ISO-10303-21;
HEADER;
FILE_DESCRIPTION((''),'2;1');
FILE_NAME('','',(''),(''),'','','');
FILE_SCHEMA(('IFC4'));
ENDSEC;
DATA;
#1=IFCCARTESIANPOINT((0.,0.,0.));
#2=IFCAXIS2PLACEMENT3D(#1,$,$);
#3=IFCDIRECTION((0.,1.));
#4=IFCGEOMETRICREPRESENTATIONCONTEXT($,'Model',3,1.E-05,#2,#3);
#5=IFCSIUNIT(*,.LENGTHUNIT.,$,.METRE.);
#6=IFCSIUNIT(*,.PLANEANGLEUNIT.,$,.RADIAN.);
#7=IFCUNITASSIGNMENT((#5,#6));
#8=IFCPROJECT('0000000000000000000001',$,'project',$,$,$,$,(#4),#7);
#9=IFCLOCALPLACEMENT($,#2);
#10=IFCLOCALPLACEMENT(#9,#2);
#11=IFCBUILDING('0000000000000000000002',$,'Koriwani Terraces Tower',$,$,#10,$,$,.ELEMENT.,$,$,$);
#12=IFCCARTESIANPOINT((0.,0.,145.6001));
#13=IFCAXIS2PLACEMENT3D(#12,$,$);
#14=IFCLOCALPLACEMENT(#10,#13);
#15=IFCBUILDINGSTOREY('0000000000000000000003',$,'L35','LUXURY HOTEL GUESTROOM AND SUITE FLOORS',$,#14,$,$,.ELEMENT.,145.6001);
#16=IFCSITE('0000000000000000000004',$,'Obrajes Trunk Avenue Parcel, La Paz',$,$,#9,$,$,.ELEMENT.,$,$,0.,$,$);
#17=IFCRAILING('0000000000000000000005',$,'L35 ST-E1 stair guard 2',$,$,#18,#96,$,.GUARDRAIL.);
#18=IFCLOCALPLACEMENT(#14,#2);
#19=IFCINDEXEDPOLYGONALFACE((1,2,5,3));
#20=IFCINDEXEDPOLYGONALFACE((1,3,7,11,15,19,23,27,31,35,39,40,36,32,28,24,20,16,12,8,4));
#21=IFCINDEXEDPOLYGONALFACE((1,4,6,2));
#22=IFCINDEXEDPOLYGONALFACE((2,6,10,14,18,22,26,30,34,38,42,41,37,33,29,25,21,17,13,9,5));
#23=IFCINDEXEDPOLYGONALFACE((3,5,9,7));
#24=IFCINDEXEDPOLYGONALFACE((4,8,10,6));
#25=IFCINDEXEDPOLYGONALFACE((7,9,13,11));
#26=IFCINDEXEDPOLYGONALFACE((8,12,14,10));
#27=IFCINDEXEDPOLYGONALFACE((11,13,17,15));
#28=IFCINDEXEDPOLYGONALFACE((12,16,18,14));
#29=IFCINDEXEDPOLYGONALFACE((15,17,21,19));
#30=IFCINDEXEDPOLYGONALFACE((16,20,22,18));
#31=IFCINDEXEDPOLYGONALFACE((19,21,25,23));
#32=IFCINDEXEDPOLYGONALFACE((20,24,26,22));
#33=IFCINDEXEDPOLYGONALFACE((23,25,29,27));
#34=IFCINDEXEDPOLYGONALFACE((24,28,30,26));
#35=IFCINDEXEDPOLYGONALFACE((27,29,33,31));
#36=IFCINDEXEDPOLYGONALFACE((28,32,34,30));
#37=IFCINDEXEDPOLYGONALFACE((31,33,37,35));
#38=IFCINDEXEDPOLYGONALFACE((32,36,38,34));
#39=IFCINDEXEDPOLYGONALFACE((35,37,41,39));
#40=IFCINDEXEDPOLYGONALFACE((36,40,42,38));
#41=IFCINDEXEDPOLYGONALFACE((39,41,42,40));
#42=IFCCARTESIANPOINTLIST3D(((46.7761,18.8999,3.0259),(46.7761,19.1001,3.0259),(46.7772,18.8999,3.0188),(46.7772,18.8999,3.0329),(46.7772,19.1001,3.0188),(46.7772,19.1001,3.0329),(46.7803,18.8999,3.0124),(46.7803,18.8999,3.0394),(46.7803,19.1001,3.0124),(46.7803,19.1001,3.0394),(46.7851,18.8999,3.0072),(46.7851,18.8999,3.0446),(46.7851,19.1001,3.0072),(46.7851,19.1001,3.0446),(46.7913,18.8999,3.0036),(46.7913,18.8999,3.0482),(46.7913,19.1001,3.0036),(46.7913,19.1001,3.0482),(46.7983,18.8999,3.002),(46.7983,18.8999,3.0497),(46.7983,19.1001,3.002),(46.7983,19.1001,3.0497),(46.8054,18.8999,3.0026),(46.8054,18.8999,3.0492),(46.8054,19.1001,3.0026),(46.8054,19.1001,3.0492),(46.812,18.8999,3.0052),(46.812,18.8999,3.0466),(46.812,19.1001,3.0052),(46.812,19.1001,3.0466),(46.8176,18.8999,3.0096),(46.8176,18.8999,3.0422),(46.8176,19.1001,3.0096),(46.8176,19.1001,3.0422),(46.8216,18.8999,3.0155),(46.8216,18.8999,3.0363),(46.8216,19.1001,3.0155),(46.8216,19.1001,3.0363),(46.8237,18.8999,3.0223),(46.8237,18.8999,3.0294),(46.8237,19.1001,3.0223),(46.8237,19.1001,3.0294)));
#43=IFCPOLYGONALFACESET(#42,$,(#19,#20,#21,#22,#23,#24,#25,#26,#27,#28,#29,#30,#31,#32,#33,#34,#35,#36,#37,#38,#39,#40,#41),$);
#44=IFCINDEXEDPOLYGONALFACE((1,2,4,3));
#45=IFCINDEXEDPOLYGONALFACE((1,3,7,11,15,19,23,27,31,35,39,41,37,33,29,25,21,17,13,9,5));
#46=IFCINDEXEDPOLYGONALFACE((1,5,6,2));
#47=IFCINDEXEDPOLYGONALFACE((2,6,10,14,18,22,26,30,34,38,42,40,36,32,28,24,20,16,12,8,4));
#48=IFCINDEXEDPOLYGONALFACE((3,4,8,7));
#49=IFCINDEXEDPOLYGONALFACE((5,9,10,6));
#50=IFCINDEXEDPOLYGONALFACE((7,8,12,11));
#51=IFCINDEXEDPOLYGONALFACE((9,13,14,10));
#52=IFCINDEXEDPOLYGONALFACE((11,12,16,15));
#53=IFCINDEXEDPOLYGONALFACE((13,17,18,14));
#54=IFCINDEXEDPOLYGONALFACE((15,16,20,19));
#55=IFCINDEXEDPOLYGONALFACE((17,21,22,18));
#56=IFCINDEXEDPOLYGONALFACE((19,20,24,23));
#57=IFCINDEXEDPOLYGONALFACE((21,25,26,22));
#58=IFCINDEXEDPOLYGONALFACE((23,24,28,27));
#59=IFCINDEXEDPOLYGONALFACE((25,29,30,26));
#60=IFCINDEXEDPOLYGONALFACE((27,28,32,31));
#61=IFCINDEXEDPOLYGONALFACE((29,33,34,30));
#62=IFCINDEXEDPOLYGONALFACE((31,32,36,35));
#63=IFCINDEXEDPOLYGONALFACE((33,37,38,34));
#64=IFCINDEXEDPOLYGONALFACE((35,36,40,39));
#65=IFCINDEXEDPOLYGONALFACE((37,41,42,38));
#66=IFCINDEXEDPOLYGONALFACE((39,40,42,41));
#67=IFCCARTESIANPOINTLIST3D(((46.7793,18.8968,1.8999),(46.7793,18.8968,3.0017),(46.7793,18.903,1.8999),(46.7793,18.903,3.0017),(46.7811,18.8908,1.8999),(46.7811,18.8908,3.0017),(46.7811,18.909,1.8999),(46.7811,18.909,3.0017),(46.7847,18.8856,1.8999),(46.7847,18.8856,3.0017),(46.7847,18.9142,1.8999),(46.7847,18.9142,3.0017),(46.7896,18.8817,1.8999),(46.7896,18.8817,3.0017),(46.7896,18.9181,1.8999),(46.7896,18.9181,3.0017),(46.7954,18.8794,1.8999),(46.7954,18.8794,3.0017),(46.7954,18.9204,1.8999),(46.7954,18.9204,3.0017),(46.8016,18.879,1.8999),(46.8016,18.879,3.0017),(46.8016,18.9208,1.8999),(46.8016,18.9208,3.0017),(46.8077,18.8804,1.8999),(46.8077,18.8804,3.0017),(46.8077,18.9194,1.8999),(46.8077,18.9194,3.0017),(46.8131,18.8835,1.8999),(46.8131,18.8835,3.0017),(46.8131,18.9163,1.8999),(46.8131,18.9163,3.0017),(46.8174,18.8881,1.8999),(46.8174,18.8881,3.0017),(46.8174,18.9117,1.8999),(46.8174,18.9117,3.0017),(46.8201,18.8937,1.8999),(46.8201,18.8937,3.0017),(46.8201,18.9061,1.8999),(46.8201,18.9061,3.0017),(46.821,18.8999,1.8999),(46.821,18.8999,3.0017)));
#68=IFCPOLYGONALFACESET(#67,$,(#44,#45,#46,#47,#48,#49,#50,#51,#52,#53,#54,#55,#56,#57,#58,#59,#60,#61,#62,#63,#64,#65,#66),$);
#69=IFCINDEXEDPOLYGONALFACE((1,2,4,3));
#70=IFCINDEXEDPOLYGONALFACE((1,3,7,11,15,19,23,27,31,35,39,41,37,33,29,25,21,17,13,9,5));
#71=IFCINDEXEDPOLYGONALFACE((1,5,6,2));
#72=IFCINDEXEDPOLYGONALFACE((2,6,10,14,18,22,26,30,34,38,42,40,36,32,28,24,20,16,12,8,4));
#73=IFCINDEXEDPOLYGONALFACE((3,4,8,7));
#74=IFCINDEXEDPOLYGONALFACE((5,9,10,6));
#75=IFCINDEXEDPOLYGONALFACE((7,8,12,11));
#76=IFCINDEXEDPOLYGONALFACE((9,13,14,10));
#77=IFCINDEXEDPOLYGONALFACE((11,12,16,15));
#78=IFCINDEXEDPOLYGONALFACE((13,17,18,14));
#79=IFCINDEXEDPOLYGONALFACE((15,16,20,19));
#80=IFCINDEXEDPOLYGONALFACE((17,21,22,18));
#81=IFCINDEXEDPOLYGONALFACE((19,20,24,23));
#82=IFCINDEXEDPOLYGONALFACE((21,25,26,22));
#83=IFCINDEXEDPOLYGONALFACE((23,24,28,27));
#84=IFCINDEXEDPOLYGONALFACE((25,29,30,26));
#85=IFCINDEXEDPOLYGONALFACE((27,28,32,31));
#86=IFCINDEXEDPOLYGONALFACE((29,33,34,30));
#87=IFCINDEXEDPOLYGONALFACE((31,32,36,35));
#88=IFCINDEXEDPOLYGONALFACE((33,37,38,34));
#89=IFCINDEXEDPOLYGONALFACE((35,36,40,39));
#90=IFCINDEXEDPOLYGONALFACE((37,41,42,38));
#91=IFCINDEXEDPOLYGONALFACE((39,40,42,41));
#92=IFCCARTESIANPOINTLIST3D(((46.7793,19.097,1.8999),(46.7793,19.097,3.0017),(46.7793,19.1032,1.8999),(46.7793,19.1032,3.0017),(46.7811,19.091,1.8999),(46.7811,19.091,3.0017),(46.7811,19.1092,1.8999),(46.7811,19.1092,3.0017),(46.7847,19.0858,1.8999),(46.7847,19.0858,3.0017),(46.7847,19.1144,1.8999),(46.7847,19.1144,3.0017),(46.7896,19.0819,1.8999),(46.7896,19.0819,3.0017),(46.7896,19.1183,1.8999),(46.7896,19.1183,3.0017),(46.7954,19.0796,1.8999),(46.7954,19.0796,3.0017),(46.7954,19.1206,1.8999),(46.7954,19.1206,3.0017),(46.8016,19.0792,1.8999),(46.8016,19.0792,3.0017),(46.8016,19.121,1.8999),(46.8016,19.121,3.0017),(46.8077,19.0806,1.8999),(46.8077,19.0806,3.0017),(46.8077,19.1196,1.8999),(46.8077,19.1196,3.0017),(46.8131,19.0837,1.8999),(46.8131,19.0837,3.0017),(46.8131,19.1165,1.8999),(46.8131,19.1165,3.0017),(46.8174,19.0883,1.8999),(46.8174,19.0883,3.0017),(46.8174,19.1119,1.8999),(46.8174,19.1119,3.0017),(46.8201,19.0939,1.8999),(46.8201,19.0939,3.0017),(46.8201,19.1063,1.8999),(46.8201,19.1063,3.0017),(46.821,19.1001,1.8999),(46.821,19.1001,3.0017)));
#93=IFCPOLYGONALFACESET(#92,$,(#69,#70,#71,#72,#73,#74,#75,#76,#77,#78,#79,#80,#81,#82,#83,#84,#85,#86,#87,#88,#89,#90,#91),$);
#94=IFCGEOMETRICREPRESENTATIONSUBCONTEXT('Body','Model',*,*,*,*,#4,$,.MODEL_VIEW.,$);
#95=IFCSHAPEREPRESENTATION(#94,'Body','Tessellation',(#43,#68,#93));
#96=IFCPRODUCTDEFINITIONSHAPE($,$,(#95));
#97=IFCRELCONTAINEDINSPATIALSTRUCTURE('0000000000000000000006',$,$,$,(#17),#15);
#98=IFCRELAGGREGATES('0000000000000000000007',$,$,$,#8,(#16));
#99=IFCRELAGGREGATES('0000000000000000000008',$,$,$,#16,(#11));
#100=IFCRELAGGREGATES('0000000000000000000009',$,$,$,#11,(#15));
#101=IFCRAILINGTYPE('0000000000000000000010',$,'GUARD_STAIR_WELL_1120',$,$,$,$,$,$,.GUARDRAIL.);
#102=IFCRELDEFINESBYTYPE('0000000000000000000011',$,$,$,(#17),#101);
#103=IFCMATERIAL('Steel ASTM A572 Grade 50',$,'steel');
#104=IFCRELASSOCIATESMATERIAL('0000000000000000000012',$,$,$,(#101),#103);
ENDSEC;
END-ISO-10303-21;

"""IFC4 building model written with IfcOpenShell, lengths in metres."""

from ifc_helpers import new_model, si_unit, direction, frame, origin, origin_2d, place, context, subcontext, project, spatial, circle, extrude, material, type_object, element, save


model = new_model("IFC4")

# Units and contexts
model_context = context("Model", 3, precision=1e-05, world=origin(), true_north=direction((0.0, 1.0)))
body_context = subcontext(model_context, "Body", "Model", "MODEL_VIEW")
ifc_project = project(units=[si_unit("LENGTHUNIT", "METRE"), si_unit("PLANEANGLEUNIT", "RADIAN")], contexts=[model_context])

# Site, building, storey
site_placement = place(None, origin())
site = spatial("IfcSite", under=ifc_project, at=site_placement, Name="Obrajes Trunk Avenue Parcel, La Paz", CompositionType="ELEMENT", RefElevation=0.0)
building_placement = place(site_placement, origin())
building = spatial("IfcBuilding", under=site, at=building_placement, Name="Koriwani Terraces Tower", CompositionType="ELEMENT")
storey_placement = place(building_placement, frame((0.0, 0.0, 145.6001)))
storey = spatial("IfcBuildingStorey", under=building, at=storey_placement, Name="L35", Description="LUXURY HOTEL GUESTROOM AND SUITE FLOORS", CompositionType="ELEMENT", Elevation=145.6001)

# Shared definitions
ifc_material_1 = material(Name="Steel ASTM A572 Grade 50", Category="steel")

# Railing
railing_type_1 = type_object("IfcRailingType", Name="GUARD_STAIR_WELL_1120", PredefinedType="GUARDRAIL", material=ifc_material_1)
railing_1_placement = place(storey_placement, frame((46.8, 18.8999, 1.8999)))
element("IfcRailing", 1, at=railing_1_placement, inside=storey, type_object=railing_type_1, Name="L35 ST-E1 stair guard 2", PredefinedType="GUARDRAIL", context=body_context, shape_type="SweptSolid", body=[
    extrude(circle(Radius=0.0239, at=origin_2d()), frame((0.0, 0.0, 1.126), z_axis=(0.0, 1.0, 0.0), x_axis=(-1.0, 0.0, 0.0)), (0.0, 0.0, 1.0), 0.2002),
    extrude(circle(Radius=0.021, at=origin_2d()), origin(), (0.0, 0.0, 1.0), 1.1018),
    extrude(circle(Radius=0.021, at=origin_2d()), frame((0.0, 0.2002, 0.0)), (0.0, 0.0, 1.0), 1.1018),
])

save(model, "model.ifc")
